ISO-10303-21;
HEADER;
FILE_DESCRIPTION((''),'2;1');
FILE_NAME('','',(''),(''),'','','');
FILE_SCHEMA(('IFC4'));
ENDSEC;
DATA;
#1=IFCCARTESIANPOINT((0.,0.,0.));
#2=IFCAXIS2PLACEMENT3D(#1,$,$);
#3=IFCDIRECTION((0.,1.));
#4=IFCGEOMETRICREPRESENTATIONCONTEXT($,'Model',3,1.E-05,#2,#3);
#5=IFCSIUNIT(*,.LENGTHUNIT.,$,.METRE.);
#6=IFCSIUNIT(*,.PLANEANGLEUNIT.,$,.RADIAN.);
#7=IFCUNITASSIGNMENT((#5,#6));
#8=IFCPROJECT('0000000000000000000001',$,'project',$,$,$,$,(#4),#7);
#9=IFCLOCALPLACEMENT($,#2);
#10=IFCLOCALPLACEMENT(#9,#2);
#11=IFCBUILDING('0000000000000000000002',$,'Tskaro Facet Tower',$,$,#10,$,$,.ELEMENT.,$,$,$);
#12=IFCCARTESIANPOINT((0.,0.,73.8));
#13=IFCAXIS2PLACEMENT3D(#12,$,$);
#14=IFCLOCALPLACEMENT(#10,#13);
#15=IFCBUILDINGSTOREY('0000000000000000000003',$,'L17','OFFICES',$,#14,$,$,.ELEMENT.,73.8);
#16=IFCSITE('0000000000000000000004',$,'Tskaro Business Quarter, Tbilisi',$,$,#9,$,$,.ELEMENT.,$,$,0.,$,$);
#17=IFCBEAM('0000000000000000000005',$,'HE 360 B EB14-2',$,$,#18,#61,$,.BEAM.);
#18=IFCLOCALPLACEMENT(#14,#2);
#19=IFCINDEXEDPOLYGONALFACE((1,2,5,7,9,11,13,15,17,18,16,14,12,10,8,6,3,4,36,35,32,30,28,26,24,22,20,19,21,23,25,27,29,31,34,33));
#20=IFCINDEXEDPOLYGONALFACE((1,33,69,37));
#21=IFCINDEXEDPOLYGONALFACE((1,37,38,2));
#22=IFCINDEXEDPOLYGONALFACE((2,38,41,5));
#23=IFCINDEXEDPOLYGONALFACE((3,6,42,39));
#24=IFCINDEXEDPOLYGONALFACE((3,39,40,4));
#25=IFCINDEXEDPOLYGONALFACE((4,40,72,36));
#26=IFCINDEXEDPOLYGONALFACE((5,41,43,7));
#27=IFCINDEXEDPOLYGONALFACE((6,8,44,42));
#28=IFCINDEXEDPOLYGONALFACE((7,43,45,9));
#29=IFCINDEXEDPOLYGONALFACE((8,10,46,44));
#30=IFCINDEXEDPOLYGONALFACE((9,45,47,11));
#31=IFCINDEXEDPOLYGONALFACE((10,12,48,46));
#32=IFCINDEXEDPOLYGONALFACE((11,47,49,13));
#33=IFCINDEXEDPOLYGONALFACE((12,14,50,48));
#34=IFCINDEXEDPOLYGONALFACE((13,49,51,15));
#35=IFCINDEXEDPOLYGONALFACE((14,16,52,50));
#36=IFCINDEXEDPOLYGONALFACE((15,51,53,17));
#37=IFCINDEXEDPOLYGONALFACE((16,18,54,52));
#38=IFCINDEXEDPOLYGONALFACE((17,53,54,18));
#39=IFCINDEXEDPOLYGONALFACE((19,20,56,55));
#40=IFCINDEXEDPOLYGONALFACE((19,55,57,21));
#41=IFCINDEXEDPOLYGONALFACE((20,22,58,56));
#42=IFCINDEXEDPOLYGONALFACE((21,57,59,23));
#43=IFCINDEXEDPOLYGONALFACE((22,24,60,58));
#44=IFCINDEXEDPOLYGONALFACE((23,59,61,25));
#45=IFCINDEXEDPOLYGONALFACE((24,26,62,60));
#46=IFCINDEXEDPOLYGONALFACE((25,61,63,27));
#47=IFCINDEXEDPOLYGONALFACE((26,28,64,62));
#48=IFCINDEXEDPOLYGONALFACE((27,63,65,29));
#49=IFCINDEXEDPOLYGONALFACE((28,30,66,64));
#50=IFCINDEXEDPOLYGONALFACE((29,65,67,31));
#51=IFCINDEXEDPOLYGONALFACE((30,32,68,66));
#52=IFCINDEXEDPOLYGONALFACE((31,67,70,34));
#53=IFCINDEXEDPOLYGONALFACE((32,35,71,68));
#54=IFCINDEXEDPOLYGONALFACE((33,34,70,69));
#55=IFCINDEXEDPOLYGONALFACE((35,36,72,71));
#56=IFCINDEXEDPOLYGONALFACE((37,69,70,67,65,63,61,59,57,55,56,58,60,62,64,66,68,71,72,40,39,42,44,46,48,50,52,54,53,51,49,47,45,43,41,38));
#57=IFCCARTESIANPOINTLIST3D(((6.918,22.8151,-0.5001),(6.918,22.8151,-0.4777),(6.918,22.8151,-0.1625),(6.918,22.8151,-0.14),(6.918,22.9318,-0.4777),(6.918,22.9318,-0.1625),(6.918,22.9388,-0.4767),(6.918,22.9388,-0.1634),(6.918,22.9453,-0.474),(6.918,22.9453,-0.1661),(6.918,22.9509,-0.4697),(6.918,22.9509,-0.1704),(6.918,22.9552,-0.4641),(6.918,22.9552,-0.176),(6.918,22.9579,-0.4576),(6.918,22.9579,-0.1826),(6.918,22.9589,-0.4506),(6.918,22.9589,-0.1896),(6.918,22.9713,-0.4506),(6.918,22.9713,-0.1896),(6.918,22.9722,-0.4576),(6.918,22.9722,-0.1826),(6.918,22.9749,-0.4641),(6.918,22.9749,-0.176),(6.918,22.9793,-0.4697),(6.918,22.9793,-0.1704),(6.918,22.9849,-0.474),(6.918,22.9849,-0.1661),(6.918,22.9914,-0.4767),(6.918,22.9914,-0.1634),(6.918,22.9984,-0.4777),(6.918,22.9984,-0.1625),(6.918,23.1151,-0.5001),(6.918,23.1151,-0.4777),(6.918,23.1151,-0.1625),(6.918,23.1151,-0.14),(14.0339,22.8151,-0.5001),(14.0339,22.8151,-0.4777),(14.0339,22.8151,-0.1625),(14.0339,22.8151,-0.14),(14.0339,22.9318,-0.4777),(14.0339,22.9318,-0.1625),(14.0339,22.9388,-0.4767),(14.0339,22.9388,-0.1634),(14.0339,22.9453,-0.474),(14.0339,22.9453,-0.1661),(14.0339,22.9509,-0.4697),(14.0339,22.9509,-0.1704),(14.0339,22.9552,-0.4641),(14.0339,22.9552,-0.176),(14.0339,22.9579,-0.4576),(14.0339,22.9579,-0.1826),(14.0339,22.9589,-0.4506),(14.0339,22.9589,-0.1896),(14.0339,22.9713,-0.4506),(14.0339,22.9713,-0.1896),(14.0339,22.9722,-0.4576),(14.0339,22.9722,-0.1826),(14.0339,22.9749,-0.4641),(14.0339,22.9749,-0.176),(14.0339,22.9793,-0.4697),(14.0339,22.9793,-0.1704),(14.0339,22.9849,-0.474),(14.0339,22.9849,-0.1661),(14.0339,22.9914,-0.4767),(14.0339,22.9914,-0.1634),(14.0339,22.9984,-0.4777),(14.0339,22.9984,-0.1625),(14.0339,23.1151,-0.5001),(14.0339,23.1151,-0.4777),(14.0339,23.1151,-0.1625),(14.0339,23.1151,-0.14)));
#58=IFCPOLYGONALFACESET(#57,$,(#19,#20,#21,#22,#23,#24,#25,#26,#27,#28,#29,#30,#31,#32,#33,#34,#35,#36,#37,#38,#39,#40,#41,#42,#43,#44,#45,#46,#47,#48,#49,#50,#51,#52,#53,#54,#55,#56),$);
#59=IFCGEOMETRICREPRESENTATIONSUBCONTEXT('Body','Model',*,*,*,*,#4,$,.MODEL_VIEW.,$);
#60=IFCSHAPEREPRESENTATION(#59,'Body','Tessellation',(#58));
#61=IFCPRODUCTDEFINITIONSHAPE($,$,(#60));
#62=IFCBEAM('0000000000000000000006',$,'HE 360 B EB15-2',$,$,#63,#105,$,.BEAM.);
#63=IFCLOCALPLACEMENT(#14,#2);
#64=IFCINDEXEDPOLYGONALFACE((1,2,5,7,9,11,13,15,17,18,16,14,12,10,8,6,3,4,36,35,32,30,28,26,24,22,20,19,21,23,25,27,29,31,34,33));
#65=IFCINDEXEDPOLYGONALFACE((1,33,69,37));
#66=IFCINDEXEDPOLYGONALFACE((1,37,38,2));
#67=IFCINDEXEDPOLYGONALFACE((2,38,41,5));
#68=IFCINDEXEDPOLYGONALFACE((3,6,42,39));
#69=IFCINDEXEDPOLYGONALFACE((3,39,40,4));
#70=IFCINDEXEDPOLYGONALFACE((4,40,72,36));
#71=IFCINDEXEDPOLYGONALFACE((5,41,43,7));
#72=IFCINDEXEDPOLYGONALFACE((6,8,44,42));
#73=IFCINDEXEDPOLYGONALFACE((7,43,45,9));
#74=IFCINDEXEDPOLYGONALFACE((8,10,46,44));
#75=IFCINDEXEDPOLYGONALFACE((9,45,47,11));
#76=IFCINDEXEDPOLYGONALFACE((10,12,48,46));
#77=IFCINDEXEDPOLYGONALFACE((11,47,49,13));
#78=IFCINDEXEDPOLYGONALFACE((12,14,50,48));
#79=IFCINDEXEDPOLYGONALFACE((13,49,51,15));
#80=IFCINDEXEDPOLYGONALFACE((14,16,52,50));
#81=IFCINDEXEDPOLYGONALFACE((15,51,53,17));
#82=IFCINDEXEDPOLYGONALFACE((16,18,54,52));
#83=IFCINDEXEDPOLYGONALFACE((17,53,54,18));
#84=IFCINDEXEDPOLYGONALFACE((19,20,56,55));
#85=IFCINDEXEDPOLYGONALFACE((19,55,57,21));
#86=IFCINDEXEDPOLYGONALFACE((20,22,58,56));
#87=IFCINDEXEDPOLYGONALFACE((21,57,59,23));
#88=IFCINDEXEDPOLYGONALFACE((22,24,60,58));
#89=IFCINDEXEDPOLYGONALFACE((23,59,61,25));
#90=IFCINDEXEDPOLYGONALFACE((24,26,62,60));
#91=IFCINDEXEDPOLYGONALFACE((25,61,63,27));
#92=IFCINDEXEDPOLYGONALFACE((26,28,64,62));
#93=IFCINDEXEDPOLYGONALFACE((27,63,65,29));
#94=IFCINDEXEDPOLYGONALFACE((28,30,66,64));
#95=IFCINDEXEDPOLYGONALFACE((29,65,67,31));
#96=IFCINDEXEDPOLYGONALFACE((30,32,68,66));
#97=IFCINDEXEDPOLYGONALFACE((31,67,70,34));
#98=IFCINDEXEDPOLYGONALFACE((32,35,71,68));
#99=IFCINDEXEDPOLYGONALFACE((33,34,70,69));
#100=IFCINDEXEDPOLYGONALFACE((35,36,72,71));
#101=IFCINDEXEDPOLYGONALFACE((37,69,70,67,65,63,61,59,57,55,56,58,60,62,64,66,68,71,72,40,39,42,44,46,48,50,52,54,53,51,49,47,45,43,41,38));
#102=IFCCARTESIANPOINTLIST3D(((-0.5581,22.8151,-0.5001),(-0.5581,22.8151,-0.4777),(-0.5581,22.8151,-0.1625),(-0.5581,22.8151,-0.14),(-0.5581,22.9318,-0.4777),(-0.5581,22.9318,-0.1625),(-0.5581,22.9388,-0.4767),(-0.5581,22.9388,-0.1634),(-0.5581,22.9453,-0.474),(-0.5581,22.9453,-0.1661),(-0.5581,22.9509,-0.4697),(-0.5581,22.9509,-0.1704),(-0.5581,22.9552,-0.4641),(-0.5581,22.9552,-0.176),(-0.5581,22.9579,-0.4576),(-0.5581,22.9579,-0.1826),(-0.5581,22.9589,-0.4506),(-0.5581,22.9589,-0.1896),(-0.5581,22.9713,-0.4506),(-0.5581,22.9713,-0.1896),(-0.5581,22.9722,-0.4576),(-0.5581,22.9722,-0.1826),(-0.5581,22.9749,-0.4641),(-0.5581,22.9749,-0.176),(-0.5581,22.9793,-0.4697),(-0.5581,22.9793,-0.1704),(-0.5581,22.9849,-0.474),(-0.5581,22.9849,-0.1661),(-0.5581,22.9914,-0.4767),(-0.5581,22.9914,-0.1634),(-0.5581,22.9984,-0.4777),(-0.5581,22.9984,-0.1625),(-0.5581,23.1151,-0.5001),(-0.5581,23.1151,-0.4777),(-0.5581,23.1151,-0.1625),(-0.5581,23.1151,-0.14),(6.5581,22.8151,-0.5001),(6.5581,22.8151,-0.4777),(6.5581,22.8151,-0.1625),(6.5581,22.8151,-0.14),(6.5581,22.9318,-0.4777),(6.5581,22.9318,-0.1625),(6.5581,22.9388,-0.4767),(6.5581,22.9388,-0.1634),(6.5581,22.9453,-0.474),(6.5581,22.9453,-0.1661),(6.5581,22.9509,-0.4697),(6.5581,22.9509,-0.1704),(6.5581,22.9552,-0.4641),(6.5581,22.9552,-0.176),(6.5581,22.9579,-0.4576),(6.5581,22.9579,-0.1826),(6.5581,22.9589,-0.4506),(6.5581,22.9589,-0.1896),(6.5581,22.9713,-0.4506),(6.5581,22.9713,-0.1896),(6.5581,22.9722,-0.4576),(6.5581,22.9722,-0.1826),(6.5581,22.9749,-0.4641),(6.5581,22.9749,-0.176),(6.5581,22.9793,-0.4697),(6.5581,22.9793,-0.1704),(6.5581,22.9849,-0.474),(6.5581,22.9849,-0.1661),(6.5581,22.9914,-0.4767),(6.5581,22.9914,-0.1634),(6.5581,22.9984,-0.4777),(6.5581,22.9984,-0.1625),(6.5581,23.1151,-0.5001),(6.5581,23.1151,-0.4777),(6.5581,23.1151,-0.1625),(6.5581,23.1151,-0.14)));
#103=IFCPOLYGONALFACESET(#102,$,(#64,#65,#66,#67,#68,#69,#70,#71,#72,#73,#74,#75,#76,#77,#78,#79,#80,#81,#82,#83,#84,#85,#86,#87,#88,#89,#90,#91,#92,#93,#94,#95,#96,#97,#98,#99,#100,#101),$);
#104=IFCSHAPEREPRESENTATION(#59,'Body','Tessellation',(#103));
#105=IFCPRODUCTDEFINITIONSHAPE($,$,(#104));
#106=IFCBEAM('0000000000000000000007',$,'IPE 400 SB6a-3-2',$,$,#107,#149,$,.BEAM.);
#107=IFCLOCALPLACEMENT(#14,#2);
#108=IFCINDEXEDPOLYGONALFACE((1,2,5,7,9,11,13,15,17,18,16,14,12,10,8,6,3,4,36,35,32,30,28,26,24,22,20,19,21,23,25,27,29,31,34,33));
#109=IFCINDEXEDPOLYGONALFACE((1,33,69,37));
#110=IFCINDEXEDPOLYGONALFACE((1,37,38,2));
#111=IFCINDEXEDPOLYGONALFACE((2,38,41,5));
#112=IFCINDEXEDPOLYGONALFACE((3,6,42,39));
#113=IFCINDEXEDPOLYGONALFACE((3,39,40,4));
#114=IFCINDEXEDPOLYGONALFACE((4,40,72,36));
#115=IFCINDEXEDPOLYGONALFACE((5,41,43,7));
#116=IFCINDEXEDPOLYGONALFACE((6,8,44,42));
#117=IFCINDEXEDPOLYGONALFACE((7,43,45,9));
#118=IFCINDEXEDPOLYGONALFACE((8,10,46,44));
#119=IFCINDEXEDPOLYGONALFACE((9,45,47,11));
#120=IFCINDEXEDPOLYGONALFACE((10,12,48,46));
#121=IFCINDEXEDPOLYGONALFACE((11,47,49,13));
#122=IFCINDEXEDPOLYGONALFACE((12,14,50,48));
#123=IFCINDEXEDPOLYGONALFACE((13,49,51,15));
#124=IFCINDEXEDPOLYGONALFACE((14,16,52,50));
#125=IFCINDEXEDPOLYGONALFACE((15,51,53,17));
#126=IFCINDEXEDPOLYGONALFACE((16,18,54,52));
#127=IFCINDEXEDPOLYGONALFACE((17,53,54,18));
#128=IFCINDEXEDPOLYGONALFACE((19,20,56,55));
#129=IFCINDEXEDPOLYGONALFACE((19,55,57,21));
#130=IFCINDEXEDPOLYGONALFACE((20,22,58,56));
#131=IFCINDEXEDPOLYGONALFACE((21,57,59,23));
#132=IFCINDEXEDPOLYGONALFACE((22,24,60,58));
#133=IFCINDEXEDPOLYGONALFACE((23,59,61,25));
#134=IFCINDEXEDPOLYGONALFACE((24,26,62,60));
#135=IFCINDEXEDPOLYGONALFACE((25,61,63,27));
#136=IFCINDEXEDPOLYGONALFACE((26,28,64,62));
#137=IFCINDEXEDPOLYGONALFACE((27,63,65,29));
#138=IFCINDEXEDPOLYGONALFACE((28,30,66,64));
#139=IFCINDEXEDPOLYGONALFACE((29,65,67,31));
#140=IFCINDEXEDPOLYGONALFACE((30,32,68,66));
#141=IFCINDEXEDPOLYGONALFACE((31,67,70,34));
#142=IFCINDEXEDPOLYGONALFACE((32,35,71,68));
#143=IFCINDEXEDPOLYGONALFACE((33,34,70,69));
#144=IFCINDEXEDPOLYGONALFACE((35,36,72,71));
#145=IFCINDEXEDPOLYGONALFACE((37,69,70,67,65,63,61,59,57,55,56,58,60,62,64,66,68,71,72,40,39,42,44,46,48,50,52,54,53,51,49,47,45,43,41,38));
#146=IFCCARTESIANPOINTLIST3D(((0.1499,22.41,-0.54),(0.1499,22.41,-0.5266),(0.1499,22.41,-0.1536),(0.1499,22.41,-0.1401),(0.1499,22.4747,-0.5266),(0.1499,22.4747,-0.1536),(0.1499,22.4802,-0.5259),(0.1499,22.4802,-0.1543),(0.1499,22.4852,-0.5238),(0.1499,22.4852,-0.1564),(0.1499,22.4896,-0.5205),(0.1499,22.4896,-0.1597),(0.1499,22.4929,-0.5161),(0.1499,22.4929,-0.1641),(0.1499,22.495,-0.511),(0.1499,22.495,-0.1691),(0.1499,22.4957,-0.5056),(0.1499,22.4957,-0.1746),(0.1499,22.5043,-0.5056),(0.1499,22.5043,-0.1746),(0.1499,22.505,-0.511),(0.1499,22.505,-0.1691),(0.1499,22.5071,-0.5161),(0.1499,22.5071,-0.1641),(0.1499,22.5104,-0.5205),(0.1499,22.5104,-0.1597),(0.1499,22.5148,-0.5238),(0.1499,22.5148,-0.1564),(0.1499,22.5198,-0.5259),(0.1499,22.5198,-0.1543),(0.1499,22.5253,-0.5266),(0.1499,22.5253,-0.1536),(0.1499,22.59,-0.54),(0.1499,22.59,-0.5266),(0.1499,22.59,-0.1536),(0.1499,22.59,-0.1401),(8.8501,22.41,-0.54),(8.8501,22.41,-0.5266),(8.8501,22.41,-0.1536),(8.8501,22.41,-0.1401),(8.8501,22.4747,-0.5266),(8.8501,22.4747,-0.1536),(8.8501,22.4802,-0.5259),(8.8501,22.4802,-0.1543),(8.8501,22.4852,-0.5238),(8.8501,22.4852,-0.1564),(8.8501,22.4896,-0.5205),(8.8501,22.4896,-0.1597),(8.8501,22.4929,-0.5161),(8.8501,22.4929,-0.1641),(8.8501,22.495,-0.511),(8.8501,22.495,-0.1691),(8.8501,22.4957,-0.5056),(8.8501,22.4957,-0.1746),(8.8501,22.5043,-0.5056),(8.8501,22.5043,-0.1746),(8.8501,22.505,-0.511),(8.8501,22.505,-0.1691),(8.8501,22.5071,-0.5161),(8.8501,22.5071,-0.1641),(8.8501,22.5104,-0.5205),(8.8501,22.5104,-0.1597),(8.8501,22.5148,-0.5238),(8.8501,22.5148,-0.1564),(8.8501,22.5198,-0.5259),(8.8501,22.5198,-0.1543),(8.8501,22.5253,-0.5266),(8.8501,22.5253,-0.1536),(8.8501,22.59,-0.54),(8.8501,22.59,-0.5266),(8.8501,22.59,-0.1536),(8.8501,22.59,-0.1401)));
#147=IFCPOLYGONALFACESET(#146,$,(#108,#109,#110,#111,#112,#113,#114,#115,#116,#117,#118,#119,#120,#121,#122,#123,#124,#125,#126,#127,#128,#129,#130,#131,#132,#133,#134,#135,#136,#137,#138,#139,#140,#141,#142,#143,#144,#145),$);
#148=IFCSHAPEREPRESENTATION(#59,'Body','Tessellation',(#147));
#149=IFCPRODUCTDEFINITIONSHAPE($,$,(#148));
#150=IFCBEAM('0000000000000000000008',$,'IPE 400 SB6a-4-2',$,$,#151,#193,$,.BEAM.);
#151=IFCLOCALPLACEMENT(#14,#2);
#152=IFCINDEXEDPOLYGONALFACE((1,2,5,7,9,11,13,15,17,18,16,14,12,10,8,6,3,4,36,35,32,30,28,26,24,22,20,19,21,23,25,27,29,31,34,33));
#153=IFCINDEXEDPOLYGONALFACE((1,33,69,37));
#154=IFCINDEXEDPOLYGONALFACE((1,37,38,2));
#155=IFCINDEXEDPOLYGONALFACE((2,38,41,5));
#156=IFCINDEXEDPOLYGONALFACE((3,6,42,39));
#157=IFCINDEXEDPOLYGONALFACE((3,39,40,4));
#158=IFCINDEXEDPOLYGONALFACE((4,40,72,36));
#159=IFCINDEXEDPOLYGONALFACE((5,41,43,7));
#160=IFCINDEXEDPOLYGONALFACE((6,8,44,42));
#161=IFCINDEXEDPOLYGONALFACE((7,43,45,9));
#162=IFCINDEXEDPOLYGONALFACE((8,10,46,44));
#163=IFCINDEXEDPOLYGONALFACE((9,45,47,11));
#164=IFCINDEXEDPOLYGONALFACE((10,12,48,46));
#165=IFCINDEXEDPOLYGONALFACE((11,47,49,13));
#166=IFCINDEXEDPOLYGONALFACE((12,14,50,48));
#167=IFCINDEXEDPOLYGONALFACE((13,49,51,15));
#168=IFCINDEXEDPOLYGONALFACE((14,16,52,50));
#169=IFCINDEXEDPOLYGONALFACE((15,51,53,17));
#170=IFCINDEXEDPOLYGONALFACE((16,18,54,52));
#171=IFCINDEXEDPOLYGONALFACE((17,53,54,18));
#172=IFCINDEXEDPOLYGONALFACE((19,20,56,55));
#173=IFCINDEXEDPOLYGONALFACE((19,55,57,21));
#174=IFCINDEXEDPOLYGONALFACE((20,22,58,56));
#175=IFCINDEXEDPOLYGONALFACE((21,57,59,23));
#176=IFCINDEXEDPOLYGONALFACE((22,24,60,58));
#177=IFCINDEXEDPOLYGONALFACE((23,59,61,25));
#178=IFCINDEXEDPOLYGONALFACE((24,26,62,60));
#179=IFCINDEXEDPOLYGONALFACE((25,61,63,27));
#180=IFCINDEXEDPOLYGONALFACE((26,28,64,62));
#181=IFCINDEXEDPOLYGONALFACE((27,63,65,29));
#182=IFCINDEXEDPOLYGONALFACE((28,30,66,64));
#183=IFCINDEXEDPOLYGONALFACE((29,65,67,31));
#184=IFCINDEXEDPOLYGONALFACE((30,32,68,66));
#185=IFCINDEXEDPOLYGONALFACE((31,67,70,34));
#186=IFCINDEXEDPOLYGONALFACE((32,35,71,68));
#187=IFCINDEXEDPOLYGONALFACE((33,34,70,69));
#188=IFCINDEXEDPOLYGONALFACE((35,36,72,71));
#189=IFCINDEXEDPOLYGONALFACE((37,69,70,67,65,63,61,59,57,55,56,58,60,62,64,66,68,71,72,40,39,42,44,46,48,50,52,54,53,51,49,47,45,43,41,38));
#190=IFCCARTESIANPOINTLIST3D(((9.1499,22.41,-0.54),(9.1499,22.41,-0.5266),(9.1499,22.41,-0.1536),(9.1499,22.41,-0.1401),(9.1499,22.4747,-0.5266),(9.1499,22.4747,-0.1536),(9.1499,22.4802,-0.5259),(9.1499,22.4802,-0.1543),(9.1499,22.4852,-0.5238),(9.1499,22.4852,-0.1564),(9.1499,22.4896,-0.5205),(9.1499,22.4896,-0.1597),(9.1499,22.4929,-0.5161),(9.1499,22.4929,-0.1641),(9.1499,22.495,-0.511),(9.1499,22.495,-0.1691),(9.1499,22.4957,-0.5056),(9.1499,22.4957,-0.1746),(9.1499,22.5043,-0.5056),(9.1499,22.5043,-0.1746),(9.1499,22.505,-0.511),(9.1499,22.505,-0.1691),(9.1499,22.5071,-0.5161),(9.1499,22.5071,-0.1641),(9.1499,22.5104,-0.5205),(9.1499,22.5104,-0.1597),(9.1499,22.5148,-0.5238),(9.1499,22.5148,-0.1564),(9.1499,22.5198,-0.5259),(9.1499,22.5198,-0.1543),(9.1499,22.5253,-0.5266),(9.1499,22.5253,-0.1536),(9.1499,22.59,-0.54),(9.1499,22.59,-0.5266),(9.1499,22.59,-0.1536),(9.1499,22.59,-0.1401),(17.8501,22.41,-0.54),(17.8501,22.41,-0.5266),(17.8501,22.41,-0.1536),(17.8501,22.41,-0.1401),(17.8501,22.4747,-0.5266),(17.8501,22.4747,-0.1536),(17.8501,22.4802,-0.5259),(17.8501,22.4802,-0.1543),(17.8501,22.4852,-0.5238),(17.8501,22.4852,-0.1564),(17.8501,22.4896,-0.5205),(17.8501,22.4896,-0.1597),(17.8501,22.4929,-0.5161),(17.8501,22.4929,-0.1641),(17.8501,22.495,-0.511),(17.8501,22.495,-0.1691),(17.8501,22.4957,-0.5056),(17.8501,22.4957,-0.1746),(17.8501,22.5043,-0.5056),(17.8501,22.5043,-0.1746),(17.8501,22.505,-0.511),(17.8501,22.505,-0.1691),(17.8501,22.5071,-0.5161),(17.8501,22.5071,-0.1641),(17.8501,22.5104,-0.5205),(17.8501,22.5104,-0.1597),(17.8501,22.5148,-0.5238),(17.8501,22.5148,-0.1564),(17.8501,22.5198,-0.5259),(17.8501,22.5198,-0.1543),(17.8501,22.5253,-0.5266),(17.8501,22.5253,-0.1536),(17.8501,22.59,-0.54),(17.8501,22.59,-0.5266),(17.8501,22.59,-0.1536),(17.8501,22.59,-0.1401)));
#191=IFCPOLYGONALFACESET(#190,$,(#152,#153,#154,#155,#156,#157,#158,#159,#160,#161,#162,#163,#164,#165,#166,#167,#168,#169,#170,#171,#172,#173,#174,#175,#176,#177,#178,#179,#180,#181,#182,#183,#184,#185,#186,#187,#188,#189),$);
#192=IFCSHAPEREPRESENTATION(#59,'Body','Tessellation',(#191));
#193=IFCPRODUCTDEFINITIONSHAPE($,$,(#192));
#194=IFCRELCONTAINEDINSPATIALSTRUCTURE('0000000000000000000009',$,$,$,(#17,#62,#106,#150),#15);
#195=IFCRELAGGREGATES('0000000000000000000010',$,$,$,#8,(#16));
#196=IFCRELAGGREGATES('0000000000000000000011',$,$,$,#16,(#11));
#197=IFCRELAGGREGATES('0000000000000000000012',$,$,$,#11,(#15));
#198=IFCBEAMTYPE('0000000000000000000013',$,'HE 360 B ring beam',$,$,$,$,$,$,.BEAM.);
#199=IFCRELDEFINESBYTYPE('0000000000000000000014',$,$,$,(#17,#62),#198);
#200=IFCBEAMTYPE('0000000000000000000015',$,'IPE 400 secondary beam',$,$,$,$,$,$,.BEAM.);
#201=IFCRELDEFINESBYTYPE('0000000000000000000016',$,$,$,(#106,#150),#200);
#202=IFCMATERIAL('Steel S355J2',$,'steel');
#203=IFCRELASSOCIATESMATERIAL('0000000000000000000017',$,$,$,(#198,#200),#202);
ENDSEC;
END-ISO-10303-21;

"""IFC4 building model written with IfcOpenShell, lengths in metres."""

from ifc_helpers import new_model, si_unit, direction, frame, origin, origin_2d, place, context, subcontext, project, spatial, i_section, extrude, material, material_profile, profile_set, type_object, element, save


model = new_model("IFC4")

# Units and contexts
model_context = context("Model", 3, precision=1e-05, world=origin(), true_north=direction((0.0, 1.0)))
body_context = subcontext(model_context, "Body", "Model", "MODEL_VIEW")
ifc_project = project(units=[si_unit("LENGTHUNIT", "METRE"), si_unit("PLANEANGLEUNIT", "RADIAN")], contexts=[model_context])

# Site, building, storey
site_placement = place(None, origin())
site = spatial("IfcSite", under=ifc_project, at=site_placement, Name="Tskaro Business Quarter, Tbilisi", CompositionType="ELEMENT", RefElevation=0.0)
building_placement = place(site_placement, origin())
building = spatial("IfcBuilding", under=site, at=building_placement, Name="Tskaro Facet Tower", CompositionType="ELEMENT")
storey_placement = place(building_placement, frame((0.0, 0.0, 73.8)))
storey = spatial("IfcBuildingStorey", under=building, at=storey_placement, Name="L17", Description="OFFICES", CompositionType="ELEMENT", Elevation=73.8)

# Beams
ifc_material_1 = material(Name="Steel S355J2", Category="steel")
ifc_material_profile_1 = material_profile(ifc_material_1, i_section(OverallWidth=0.3, OverallDepth=0.3601, WebThickness=0.0125, FlangeThickness=0.0225, FilletRadius=0.0271, at=origin_2d()), Name="HE 360 B")
ifc_profile_set_1 = profile_set([ifc_material_profile_1], Name="Steel S355J2")
beam_type_1 = type_object("IfcBeamType", Name="HE 360 B ring beam", PredefinedType="BEAM", material=ifc_profile_set_1)
beam_1_placement = place(storey_placement, frame((14.0339, 22.9651, -0.3201), z_axis=(-1.0, 0.0, 0.0), x_axis=(0.0, -1.0, 0.0)))
element("IfcBeam", 1, at=beam_1_placement, inside=storey, type_object=beam_type_1, Name="HE 360 B EB14-2", PredefinedType="BEAM", context=body_context, shape_type="SweptSolid", body=[
    extrude(i_section(OverallWidth=0.3, OverallDepth=0.3601, WebThickness=0.0125, FlangeThickness=0.0225, FilletRadius=0.0271, at=origin_2d()), origin(), (0.0, 0.0, 1.0), 7.116),
])
beam_2_placement = place(storey_placement, frame((6.5581, 22.9651, -0.3201), z_axis=(-1.0, 0.0, 0.0), x_axis=(0.0, -1.0, 0.0)))
element("IfcBeam", 2, at=beam_2_placement, inside=storey, type_object=beam_type_1, Name="HE 360 B EB15-2", PredefinedType="BEAM", context=body_context, shape_type="SweptSolid", body=[
    extrude(i_section(OverallWidth=0.3, OverallDepth=0.3601, WebThickness=0.0125, FlangeThickness=0.0225, FilletRadius=0.0271, at=origin_2d()), origin(), (0.0, 0.0, 1.0), 7.1162),
])
ifc_material_profile_2 = material_profile(ifc_material_1, i_section(OverallWidth=0.1799, OverallDepth=0.3999, WebThickness=0.0085, FlangeThickness=0.0134, FilletRadius=0.021, at=origin_2d()), Name="IPE 400")
ifc_profile_set_2 = profile_set([ifc_material_profile_2], Name="Steel S355J2")
beam_type_2 = type_object("IfcBeamType", Name="IPE 400 secondary beam", PredefinedType="BEAM", material=ifc_profile_set_2)
for number, where, z_axis, x_axis, name in (
    (3, (0.1499, 22.5, -0.3401), (1.0, 0.0, 0.0), (0.0, 1.0, 0.0), "IPE 400 SB6a-3-2"),
    (4, (9.1499, 22.5, -0.3401), (1.0, 0.0, 0.0), (0.0, 1.0, 0.0), "IPE 400 SB6a-4-2"),
):
    element("IfcBeam", number, at=place(storey_placement, frame(where, z_axis=z_axis, x_axis=x_axis)), inside=storey, type_object=beam_type_2, Name=name, PredefinedType="BEAM", context=body_context, shape_type="SweptSolid", body=[
        extrude(i_section(OverallWidth=0.1799, OverallDepth=0.3999, WebThickness=0.0085, FlangeThickness=0.0134, FilletRadius=0.021, at=origin_2d()), origin(), (0.0, 0.0, 1.0), 8.7002),
    ])

save(model, "model.ifc")
